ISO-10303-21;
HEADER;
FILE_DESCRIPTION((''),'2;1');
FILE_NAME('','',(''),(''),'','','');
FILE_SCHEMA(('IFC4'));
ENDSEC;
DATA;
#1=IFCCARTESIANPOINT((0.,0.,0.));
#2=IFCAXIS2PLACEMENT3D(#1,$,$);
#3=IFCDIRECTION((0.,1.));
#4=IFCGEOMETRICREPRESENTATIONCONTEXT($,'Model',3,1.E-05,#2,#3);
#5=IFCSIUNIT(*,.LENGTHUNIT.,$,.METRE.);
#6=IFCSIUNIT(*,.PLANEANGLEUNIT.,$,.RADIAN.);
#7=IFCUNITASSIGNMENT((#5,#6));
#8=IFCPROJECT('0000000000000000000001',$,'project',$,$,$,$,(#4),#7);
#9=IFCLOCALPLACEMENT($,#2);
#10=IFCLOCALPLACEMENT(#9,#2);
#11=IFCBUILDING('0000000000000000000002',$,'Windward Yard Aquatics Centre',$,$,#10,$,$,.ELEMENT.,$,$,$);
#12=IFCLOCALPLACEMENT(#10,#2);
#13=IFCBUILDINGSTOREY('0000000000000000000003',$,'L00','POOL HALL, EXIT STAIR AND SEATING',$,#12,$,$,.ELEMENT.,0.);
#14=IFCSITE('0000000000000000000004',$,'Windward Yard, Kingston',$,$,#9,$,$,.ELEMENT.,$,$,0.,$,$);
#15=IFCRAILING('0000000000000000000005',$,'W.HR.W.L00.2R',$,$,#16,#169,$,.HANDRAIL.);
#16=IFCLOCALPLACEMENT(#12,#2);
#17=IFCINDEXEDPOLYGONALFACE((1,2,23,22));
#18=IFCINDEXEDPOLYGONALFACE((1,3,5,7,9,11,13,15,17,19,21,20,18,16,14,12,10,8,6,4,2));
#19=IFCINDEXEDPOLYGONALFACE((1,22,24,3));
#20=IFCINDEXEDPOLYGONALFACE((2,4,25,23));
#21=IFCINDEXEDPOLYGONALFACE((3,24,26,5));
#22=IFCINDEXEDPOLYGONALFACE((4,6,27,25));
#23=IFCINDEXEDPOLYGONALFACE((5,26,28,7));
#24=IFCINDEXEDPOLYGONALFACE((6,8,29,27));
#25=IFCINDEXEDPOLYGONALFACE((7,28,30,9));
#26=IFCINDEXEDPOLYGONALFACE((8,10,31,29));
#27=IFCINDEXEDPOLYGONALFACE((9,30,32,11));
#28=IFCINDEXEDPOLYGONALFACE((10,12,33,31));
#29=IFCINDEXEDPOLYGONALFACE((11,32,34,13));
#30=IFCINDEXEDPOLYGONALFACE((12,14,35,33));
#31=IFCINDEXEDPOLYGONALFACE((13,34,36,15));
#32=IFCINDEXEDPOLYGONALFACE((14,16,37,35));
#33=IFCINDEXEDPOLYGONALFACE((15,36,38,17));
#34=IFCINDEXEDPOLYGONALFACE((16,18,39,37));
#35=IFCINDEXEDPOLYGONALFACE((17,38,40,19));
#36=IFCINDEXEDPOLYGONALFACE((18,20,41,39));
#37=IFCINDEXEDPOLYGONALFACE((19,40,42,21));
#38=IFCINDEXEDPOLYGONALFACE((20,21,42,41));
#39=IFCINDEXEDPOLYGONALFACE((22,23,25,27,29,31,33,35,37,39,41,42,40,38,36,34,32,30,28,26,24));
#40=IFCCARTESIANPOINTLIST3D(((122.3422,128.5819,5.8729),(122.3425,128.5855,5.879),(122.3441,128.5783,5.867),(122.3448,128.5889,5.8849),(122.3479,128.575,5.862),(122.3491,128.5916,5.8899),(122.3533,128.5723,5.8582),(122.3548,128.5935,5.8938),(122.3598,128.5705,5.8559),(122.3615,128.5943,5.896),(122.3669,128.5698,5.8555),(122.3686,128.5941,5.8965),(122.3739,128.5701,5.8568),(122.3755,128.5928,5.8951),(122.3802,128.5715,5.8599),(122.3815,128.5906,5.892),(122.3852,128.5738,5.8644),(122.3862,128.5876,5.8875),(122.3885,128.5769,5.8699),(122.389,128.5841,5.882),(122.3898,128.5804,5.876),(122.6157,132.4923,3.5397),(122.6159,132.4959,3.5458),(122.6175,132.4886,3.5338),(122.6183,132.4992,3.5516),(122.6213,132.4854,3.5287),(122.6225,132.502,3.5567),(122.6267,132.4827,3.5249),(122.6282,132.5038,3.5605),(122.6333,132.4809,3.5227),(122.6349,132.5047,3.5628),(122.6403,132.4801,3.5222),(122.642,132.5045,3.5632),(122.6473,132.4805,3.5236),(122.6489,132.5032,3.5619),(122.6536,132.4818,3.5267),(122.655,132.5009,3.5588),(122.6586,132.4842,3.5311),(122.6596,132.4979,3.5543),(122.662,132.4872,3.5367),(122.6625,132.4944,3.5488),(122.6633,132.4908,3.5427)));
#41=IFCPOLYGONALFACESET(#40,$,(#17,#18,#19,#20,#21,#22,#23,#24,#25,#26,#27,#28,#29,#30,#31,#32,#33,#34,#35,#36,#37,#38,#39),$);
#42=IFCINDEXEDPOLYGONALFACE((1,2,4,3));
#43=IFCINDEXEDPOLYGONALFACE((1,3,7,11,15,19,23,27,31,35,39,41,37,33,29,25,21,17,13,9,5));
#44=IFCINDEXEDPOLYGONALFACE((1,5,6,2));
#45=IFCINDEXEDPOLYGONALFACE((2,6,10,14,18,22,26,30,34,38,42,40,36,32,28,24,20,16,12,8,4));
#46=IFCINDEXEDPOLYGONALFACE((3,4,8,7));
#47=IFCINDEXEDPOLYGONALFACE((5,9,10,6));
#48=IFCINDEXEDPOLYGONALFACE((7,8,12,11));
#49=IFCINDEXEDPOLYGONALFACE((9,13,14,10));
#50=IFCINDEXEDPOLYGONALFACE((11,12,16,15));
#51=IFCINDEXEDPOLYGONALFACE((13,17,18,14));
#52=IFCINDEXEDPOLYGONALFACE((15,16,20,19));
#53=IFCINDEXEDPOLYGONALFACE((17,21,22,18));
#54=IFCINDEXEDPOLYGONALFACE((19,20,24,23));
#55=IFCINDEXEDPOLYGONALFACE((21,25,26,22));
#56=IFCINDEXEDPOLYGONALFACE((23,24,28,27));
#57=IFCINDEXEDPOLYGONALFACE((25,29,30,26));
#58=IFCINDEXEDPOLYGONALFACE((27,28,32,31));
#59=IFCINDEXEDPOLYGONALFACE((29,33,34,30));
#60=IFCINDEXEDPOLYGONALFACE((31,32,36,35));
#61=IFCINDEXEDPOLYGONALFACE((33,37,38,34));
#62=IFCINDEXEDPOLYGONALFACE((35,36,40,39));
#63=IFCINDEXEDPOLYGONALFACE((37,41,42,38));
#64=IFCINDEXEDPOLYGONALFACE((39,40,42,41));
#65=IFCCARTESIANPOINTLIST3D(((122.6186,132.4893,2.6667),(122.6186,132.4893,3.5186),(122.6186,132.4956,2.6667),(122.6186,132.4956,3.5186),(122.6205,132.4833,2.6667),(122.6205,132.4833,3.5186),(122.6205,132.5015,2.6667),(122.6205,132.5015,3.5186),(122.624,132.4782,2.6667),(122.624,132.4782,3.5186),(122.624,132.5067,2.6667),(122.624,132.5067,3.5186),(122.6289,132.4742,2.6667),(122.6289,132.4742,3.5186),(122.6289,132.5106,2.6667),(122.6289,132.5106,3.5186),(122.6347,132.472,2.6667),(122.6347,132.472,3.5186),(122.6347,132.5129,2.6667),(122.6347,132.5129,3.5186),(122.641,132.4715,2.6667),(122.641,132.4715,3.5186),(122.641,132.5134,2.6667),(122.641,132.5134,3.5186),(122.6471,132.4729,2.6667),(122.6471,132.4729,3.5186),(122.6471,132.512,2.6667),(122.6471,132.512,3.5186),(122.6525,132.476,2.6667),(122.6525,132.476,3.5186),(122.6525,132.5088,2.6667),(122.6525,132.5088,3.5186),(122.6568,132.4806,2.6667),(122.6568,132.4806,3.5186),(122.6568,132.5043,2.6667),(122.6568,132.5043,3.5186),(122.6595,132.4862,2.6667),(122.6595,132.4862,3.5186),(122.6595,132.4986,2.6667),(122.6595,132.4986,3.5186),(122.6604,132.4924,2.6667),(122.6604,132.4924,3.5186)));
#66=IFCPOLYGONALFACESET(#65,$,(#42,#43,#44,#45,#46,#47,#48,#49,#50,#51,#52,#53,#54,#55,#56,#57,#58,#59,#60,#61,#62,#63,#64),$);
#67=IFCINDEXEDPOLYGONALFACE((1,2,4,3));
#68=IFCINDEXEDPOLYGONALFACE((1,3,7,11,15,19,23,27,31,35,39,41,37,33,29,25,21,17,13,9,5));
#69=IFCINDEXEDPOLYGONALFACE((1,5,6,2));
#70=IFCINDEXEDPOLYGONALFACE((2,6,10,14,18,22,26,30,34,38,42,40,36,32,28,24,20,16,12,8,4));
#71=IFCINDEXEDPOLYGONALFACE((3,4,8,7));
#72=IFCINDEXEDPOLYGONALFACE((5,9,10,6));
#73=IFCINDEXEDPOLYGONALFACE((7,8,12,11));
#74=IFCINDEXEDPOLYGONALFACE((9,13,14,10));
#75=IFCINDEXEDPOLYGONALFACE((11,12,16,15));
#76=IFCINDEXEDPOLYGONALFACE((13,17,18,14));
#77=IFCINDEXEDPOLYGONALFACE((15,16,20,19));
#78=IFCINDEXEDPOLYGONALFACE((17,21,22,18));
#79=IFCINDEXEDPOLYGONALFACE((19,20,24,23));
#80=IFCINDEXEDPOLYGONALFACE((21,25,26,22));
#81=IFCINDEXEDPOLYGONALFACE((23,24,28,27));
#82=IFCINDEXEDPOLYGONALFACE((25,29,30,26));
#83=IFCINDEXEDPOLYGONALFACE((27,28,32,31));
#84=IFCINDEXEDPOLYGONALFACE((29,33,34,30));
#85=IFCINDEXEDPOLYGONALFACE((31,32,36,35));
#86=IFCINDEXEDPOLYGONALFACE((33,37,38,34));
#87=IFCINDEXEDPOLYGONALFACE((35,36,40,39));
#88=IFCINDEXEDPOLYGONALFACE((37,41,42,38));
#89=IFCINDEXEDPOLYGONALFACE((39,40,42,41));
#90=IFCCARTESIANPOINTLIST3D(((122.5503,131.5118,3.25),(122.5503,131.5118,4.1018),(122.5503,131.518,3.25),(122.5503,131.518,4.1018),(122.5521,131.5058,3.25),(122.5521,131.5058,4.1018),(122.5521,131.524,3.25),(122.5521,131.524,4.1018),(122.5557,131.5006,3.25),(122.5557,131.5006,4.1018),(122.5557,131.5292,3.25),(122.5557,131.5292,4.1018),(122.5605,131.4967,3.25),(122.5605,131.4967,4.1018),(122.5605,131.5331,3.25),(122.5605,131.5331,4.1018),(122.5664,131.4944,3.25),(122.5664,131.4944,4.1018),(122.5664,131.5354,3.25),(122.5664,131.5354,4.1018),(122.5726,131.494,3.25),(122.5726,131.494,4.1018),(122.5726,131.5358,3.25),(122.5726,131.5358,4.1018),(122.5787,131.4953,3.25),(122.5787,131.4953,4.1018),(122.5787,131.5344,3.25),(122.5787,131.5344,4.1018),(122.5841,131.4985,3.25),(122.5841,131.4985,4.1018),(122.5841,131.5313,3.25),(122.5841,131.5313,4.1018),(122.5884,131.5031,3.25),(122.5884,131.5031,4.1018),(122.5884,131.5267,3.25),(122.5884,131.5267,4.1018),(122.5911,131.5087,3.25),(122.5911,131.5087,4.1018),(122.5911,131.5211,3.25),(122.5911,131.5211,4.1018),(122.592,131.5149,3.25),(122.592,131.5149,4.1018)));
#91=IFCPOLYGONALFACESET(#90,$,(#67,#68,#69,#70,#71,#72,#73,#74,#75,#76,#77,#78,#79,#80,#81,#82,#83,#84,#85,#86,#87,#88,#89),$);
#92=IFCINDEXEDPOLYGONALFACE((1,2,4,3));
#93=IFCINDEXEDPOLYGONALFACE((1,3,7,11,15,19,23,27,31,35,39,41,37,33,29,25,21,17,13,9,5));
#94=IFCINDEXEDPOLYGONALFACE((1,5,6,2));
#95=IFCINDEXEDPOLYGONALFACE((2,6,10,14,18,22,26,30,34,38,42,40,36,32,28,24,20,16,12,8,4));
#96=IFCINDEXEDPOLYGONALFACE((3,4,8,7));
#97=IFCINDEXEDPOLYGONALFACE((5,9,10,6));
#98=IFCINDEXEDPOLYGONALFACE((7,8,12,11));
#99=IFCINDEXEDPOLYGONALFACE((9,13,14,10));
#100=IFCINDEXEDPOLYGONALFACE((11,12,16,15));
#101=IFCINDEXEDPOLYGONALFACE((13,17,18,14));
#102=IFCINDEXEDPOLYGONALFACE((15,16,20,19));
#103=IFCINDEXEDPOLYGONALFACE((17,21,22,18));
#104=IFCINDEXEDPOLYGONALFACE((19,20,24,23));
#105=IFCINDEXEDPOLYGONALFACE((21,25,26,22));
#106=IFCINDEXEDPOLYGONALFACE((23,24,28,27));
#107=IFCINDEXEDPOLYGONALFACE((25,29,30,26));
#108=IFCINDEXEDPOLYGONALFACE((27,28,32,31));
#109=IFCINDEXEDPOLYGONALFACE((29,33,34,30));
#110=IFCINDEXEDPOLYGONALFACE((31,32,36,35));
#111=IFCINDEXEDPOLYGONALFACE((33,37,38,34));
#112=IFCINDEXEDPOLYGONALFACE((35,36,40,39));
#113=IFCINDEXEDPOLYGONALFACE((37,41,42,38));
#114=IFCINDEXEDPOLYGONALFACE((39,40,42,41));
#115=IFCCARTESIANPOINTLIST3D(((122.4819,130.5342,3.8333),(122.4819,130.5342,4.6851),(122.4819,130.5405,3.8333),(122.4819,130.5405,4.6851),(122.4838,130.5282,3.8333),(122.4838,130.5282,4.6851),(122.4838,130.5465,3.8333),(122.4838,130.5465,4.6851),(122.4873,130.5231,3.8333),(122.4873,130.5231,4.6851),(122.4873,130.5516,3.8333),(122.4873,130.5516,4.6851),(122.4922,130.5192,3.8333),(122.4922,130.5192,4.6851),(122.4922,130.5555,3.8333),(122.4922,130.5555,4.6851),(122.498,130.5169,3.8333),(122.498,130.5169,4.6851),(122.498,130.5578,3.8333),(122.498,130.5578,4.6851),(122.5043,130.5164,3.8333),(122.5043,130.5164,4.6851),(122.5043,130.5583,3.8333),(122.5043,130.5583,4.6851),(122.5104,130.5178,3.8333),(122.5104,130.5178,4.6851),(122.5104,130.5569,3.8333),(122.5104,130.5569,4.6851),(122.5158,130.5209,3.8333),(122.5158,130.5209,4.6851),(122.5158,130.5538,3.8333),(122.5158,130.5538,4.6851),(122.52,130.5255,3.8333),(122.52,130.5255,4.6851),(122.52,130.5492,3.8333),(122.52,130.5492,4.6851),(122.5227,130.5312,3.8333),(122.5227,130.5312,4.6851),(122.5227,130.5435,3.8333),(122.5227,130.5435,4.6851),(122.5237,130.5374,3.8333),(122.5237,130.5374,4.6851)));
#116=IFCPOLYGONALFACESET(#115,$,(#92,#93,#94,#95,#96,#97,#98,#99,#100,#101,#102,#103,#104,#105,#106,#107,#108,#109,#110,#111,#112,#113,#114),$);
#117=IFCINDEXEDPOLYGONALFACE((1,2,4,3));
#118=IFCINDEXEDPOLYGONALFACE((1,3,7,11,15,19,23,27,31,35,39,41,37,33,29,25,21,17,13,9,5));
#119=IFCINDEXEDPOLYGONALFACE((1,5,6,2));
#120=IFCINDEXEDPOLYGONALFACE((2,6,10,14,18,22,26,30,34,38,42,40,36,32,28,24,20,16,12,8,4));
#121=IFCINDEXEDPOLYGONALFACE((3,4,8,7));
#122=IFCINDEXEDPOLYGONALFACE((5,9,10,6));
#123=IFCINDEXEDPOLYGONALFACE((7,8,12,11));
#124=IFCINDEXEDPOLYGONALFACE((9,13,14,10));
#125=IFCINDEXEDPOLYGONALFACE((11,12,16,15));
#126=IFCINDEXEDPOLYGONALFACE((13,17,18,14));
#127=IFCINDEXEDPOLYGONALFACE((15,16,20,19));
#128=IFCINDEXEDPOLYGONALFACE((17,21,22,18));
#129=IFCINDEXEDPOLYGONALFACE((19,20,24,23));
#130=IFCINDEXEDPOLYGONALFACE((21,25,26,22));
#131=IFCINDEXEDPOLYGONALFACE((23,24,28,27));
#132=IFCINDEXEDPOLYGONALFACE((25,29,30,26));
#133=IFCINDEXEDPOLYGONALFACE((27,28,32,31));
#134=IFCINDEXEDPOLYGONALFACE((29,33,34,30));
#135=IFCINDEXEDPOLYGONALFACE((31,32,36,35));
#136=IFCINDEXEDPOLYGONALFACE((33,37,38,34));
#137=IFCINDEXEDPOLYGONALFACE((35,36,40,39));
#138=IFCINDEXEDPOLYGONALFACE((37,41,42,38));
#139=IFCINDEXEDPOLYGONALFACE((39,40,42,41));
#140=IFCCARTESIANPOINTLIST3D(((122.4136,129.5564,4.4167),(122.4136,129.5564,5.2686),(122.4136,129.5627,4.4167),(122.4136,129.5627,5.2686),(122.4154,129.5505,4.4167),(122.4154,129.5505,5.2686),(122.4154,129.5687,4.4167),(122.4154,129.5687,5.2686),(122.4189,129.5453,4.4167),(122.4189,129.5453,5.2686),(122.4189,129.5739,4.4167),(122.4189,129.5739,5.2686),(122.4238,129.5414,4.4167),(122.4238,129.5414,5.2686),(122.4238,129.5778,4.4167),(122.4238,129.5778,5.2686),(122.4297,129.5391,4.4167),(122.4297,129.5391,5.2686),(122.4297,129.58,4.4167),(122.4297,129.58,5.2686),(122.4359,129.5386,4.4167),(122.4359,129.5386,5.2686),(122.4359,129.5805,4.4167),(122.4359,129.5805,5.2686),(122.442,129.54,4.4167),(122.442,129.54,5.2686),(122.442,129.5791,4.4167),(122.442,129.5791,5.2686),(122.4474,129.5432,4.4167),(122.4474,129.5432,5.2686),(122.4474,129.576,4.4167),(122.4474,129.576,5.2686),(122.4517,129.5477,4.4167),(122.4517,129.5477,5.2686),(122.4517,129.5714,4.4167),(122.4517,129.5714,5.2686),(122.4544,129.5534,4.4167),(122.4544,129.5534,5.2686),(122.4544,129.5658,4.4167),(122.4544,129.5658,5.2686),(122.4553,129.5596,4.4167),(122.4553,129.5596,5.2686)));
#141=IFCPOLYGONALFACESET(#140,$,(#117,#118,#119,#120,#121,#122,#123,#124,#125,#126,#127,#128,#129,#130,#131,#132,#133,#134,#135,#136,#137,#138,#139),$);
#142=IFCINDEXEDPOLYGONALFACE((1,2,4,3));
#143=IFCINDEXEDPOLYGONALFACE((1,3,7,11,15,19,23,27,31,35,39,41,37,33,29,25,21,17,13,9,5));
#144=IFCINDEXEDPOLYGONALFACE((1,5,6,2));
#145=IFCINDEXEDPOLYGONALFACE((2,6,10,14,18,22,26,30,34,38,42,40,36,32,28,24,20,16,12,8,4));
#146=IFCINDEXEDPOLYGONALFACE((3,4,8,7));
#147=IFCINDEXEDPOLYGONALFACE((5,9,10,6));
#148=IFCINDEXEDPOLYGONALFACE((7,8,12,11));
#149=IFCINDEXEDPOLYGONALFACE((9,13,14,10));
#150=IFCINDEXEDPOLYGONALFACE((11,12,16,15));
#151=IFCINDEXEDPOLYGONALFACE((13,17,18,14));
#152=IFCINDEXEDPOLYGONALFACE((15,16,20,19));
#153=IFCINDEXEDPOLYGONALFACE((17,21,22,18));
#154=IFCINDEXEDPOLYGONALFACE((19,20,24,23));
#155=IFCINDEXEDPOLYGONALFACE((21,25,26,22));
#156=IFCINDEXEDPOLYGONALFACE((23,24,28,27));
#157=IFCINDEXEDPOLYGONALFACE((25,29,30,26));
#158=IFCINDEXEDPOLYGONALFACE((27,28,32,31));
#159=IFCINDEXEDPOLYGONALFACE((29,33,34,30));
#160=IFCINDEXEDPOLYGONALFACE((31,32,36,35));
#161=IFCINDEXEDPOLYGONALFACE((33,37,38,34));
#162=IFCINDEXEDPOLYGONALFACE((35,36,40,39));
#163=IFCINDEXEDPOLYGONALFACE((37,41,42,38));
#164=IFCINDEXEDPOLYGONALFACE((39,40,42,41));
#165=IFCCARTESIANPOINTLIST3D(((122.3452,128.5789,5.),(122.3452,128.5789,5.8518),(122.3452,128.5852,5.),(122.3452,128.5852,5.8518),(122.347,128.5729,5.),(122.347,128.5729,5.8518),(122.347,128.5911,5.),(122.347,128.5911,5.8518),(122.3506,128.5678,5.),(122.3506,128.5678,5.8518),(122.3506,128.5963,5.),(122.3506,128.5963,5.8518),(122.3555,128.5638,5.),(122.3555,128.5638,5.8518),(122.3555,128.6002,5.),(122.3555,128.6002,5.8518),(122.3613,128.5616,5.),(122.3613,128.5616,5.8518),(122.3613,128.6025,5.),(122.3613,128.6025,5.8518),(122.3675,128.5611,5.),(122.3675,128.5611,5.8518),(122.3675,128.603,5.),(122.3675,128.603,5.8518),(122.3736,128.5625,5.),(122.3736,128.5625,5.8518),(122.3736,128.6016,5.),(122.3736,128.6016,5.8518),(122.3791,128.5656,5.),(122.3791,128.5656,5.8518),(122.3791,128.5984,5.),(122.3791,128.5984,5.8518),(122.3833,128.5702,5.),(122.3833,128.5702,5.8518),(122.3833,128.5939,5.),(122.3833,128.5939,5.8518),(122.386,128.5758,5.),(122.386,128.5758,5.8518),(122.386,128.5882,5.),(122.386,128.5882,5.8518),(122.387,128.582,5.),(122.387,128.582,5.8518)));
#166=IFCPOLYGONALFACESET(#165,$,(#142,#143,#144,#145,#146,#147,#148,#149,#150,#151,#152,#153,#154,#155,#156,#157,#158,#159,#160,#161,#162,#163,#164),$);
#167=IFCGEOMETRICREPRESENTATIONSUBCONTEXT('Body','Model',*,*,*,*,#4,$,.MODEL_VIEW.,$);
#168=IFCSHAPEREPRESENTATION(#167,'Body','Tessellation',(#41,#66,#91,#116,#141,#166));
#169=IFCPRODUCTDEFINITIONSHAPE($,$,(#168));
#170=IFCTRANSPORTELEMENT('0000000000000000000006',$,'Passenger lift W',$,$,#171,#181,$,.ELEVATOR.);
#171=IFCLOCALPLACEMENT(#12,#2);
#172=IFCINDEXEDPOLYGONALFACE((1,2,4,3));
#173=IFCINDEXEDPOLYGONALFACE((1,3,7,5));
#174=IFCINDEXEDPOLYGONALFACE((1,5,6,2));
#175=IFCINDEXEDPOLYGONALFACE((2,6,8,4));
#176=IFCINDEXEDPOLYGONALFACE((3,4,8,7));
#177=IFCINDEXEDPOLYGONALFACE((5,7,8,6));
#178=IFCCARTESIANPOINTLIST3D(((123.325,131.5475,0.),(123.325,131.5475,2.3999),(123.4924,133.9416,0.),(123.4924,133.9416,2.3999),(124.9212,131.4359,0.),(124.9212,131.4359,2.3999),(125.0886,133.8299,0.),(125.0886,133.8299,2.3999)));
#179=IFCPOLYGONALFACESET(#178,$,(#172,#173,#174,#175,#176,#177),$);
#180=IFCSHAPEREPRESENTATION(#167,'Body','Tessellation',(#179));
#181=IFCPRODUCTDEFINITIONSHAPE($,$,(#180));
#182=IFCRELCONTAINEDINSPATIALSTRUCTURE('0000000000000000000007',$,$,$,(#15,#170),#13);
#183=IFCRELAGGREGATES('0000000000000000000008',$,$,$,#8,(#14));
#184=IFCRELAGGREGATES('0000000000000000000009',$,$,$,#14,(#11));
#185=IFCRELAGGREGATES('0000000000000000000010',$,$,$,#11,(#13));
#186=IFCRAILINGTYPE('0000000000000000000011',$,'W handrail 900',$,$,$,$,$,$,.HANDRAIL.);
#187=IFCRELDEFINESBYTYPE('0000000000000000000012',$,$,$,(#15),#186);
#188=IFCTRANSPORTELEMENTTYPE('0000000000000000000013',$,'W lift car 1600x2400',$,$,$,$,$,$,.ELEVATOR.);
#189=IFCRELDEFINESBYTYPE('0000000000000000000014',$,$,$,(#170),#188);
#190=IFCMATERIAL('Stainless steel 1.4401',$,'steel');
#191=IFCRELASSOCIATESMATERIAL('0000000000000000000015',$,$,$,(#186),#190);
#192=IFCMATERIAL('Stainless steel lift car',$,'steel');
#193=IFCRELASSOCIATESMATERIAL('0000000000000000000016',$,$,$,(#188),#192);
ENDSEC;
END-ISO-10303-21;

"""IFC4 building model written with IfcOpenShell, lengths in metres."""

from ifc_helpers import new_model, si_unit, direction, frame, origin, origin_2d, place, context, subcontext, project, spatial, rectangle, circle, extrude, material, type_object, element, save


model = new_model("IFC4")

# Units and contexts
model_context = context("Model", 3, precision=1e-05, world=origin(), true_north=direction((0.0, 1.0)))
body_context = subcontext(model_context, "Body", "Model", "MODEL_VIEW")
ifc_project = project(units=[si_unit("LENGTHUNIT", "METRE"), si_unit("PLANEANGLEUNIT", "RADIAN")], contexts=[model_context])

# Site, building, storey
site_placement = place(None, origin())
site = spatial("IfcSite", under=ifc_project, at=site_placement, Name="Windward Yard, Kingston", CompositionType="ELEMENT", RefElevation=0.0)
building_placement = place(site_placement, origin())
building = spatial("IfcBuilding", under=site, at=building_placement, Name="Windward Yard Aquatics Centre", CompositionType="ELEMENT")
storey_placement = place(building_placement, origin())
storey = spatial("IfcBuildingStorey", under=building, at=storey_placement, Name="L00", Description="POOL HALL, EXIT STAIR AND SEATING", CompositionType="ELEMENT", Elevation=0.0)

# Railing
ifc_material_1 = material(Name="Stainless steel 1.4401", Category="steel")
railing_type = type_object("IfcRailingType", Name="W handrail 900", PredefinedType="HANDRAIL", material=ifc_material_1)
railing_1_placement = place(storey_placement, frame((122.6394, 132.4924, 2.6667)))
element("IfcRailing", 1, at=railing_1_placement, inside=storey, type_object=railing_type, Name="W.HR.W.L00.2R", PredefinedType="HANDRAIL", context=body_context, shape_type="SweptSolid", body=[
    extrude(circle(Radius=0.0239, at=origin_2d()), frame((0.0, 0.0, 0.876), z_axis=(-0.059941, -0.857205, 0.511476), x_axis=(0.997564, -0.069755, 0.0)), (0.0, 0.0, 1.0), 4.5618),
    extrude(circle(Radius=0.021, at=origin_2d()), origin(), (0.0, 0.0, 1.0), 0.8518),
    extrude(circle(Radius=0.021, at=origin_2d()), frame((-0.0684, -0.9775, 0.5833)), (0.0, 0.0, 1.0), 0.8518),
    extrude(circle(Radius=0.021, at=origin_2d()), frame((-0.1367, -1.9551, 1.1665)), (0.0, 0.0, 1.0), 0.8518),
    extrude(circle(Radius=0.021, at=origin_2d()), frame((-0.2051, -2.9329, 1.75)), (0.0, 0.0, 1.0), 0.8518),
    extrude(circle(Radius=0.021, at=origin_2d()), frame((-0.2734, -3.9104, 2.3333)), (0.0, 0.0, 1.0), 0.8518),
])

# Transport element
ifc_material_2 = material(Name="Stainless steel lift car", Category="steel")
transport_element_type = type_object("IfcTransportElementType", Name="W lift car 1600x2400", PredefinedType="ELEVATOR", material=ifc_material_2)
transport_element_placement = place(storey_placement, frame((124.2068, 132.6887, 0.0), z_axis=(0.0, 0.0, 1.0), x_axis=(0.997564, -0.069756, 0.0)))
element("IfcTransportElement", 2, at=transport_element_placement, inside=storey, type_object=transport_element_type, Name="Passenger lift W", PredefinedType="ELEVATOR", context=body_context, shape_type="SweptSolid", body=[
    extrude(rectangle(XDim=1.6001, YDim=2.3999, at=origin_2d()), origin(), (0.0, 0.0, 1.0), 2.3999),
])

save(model, "model.ifc")
